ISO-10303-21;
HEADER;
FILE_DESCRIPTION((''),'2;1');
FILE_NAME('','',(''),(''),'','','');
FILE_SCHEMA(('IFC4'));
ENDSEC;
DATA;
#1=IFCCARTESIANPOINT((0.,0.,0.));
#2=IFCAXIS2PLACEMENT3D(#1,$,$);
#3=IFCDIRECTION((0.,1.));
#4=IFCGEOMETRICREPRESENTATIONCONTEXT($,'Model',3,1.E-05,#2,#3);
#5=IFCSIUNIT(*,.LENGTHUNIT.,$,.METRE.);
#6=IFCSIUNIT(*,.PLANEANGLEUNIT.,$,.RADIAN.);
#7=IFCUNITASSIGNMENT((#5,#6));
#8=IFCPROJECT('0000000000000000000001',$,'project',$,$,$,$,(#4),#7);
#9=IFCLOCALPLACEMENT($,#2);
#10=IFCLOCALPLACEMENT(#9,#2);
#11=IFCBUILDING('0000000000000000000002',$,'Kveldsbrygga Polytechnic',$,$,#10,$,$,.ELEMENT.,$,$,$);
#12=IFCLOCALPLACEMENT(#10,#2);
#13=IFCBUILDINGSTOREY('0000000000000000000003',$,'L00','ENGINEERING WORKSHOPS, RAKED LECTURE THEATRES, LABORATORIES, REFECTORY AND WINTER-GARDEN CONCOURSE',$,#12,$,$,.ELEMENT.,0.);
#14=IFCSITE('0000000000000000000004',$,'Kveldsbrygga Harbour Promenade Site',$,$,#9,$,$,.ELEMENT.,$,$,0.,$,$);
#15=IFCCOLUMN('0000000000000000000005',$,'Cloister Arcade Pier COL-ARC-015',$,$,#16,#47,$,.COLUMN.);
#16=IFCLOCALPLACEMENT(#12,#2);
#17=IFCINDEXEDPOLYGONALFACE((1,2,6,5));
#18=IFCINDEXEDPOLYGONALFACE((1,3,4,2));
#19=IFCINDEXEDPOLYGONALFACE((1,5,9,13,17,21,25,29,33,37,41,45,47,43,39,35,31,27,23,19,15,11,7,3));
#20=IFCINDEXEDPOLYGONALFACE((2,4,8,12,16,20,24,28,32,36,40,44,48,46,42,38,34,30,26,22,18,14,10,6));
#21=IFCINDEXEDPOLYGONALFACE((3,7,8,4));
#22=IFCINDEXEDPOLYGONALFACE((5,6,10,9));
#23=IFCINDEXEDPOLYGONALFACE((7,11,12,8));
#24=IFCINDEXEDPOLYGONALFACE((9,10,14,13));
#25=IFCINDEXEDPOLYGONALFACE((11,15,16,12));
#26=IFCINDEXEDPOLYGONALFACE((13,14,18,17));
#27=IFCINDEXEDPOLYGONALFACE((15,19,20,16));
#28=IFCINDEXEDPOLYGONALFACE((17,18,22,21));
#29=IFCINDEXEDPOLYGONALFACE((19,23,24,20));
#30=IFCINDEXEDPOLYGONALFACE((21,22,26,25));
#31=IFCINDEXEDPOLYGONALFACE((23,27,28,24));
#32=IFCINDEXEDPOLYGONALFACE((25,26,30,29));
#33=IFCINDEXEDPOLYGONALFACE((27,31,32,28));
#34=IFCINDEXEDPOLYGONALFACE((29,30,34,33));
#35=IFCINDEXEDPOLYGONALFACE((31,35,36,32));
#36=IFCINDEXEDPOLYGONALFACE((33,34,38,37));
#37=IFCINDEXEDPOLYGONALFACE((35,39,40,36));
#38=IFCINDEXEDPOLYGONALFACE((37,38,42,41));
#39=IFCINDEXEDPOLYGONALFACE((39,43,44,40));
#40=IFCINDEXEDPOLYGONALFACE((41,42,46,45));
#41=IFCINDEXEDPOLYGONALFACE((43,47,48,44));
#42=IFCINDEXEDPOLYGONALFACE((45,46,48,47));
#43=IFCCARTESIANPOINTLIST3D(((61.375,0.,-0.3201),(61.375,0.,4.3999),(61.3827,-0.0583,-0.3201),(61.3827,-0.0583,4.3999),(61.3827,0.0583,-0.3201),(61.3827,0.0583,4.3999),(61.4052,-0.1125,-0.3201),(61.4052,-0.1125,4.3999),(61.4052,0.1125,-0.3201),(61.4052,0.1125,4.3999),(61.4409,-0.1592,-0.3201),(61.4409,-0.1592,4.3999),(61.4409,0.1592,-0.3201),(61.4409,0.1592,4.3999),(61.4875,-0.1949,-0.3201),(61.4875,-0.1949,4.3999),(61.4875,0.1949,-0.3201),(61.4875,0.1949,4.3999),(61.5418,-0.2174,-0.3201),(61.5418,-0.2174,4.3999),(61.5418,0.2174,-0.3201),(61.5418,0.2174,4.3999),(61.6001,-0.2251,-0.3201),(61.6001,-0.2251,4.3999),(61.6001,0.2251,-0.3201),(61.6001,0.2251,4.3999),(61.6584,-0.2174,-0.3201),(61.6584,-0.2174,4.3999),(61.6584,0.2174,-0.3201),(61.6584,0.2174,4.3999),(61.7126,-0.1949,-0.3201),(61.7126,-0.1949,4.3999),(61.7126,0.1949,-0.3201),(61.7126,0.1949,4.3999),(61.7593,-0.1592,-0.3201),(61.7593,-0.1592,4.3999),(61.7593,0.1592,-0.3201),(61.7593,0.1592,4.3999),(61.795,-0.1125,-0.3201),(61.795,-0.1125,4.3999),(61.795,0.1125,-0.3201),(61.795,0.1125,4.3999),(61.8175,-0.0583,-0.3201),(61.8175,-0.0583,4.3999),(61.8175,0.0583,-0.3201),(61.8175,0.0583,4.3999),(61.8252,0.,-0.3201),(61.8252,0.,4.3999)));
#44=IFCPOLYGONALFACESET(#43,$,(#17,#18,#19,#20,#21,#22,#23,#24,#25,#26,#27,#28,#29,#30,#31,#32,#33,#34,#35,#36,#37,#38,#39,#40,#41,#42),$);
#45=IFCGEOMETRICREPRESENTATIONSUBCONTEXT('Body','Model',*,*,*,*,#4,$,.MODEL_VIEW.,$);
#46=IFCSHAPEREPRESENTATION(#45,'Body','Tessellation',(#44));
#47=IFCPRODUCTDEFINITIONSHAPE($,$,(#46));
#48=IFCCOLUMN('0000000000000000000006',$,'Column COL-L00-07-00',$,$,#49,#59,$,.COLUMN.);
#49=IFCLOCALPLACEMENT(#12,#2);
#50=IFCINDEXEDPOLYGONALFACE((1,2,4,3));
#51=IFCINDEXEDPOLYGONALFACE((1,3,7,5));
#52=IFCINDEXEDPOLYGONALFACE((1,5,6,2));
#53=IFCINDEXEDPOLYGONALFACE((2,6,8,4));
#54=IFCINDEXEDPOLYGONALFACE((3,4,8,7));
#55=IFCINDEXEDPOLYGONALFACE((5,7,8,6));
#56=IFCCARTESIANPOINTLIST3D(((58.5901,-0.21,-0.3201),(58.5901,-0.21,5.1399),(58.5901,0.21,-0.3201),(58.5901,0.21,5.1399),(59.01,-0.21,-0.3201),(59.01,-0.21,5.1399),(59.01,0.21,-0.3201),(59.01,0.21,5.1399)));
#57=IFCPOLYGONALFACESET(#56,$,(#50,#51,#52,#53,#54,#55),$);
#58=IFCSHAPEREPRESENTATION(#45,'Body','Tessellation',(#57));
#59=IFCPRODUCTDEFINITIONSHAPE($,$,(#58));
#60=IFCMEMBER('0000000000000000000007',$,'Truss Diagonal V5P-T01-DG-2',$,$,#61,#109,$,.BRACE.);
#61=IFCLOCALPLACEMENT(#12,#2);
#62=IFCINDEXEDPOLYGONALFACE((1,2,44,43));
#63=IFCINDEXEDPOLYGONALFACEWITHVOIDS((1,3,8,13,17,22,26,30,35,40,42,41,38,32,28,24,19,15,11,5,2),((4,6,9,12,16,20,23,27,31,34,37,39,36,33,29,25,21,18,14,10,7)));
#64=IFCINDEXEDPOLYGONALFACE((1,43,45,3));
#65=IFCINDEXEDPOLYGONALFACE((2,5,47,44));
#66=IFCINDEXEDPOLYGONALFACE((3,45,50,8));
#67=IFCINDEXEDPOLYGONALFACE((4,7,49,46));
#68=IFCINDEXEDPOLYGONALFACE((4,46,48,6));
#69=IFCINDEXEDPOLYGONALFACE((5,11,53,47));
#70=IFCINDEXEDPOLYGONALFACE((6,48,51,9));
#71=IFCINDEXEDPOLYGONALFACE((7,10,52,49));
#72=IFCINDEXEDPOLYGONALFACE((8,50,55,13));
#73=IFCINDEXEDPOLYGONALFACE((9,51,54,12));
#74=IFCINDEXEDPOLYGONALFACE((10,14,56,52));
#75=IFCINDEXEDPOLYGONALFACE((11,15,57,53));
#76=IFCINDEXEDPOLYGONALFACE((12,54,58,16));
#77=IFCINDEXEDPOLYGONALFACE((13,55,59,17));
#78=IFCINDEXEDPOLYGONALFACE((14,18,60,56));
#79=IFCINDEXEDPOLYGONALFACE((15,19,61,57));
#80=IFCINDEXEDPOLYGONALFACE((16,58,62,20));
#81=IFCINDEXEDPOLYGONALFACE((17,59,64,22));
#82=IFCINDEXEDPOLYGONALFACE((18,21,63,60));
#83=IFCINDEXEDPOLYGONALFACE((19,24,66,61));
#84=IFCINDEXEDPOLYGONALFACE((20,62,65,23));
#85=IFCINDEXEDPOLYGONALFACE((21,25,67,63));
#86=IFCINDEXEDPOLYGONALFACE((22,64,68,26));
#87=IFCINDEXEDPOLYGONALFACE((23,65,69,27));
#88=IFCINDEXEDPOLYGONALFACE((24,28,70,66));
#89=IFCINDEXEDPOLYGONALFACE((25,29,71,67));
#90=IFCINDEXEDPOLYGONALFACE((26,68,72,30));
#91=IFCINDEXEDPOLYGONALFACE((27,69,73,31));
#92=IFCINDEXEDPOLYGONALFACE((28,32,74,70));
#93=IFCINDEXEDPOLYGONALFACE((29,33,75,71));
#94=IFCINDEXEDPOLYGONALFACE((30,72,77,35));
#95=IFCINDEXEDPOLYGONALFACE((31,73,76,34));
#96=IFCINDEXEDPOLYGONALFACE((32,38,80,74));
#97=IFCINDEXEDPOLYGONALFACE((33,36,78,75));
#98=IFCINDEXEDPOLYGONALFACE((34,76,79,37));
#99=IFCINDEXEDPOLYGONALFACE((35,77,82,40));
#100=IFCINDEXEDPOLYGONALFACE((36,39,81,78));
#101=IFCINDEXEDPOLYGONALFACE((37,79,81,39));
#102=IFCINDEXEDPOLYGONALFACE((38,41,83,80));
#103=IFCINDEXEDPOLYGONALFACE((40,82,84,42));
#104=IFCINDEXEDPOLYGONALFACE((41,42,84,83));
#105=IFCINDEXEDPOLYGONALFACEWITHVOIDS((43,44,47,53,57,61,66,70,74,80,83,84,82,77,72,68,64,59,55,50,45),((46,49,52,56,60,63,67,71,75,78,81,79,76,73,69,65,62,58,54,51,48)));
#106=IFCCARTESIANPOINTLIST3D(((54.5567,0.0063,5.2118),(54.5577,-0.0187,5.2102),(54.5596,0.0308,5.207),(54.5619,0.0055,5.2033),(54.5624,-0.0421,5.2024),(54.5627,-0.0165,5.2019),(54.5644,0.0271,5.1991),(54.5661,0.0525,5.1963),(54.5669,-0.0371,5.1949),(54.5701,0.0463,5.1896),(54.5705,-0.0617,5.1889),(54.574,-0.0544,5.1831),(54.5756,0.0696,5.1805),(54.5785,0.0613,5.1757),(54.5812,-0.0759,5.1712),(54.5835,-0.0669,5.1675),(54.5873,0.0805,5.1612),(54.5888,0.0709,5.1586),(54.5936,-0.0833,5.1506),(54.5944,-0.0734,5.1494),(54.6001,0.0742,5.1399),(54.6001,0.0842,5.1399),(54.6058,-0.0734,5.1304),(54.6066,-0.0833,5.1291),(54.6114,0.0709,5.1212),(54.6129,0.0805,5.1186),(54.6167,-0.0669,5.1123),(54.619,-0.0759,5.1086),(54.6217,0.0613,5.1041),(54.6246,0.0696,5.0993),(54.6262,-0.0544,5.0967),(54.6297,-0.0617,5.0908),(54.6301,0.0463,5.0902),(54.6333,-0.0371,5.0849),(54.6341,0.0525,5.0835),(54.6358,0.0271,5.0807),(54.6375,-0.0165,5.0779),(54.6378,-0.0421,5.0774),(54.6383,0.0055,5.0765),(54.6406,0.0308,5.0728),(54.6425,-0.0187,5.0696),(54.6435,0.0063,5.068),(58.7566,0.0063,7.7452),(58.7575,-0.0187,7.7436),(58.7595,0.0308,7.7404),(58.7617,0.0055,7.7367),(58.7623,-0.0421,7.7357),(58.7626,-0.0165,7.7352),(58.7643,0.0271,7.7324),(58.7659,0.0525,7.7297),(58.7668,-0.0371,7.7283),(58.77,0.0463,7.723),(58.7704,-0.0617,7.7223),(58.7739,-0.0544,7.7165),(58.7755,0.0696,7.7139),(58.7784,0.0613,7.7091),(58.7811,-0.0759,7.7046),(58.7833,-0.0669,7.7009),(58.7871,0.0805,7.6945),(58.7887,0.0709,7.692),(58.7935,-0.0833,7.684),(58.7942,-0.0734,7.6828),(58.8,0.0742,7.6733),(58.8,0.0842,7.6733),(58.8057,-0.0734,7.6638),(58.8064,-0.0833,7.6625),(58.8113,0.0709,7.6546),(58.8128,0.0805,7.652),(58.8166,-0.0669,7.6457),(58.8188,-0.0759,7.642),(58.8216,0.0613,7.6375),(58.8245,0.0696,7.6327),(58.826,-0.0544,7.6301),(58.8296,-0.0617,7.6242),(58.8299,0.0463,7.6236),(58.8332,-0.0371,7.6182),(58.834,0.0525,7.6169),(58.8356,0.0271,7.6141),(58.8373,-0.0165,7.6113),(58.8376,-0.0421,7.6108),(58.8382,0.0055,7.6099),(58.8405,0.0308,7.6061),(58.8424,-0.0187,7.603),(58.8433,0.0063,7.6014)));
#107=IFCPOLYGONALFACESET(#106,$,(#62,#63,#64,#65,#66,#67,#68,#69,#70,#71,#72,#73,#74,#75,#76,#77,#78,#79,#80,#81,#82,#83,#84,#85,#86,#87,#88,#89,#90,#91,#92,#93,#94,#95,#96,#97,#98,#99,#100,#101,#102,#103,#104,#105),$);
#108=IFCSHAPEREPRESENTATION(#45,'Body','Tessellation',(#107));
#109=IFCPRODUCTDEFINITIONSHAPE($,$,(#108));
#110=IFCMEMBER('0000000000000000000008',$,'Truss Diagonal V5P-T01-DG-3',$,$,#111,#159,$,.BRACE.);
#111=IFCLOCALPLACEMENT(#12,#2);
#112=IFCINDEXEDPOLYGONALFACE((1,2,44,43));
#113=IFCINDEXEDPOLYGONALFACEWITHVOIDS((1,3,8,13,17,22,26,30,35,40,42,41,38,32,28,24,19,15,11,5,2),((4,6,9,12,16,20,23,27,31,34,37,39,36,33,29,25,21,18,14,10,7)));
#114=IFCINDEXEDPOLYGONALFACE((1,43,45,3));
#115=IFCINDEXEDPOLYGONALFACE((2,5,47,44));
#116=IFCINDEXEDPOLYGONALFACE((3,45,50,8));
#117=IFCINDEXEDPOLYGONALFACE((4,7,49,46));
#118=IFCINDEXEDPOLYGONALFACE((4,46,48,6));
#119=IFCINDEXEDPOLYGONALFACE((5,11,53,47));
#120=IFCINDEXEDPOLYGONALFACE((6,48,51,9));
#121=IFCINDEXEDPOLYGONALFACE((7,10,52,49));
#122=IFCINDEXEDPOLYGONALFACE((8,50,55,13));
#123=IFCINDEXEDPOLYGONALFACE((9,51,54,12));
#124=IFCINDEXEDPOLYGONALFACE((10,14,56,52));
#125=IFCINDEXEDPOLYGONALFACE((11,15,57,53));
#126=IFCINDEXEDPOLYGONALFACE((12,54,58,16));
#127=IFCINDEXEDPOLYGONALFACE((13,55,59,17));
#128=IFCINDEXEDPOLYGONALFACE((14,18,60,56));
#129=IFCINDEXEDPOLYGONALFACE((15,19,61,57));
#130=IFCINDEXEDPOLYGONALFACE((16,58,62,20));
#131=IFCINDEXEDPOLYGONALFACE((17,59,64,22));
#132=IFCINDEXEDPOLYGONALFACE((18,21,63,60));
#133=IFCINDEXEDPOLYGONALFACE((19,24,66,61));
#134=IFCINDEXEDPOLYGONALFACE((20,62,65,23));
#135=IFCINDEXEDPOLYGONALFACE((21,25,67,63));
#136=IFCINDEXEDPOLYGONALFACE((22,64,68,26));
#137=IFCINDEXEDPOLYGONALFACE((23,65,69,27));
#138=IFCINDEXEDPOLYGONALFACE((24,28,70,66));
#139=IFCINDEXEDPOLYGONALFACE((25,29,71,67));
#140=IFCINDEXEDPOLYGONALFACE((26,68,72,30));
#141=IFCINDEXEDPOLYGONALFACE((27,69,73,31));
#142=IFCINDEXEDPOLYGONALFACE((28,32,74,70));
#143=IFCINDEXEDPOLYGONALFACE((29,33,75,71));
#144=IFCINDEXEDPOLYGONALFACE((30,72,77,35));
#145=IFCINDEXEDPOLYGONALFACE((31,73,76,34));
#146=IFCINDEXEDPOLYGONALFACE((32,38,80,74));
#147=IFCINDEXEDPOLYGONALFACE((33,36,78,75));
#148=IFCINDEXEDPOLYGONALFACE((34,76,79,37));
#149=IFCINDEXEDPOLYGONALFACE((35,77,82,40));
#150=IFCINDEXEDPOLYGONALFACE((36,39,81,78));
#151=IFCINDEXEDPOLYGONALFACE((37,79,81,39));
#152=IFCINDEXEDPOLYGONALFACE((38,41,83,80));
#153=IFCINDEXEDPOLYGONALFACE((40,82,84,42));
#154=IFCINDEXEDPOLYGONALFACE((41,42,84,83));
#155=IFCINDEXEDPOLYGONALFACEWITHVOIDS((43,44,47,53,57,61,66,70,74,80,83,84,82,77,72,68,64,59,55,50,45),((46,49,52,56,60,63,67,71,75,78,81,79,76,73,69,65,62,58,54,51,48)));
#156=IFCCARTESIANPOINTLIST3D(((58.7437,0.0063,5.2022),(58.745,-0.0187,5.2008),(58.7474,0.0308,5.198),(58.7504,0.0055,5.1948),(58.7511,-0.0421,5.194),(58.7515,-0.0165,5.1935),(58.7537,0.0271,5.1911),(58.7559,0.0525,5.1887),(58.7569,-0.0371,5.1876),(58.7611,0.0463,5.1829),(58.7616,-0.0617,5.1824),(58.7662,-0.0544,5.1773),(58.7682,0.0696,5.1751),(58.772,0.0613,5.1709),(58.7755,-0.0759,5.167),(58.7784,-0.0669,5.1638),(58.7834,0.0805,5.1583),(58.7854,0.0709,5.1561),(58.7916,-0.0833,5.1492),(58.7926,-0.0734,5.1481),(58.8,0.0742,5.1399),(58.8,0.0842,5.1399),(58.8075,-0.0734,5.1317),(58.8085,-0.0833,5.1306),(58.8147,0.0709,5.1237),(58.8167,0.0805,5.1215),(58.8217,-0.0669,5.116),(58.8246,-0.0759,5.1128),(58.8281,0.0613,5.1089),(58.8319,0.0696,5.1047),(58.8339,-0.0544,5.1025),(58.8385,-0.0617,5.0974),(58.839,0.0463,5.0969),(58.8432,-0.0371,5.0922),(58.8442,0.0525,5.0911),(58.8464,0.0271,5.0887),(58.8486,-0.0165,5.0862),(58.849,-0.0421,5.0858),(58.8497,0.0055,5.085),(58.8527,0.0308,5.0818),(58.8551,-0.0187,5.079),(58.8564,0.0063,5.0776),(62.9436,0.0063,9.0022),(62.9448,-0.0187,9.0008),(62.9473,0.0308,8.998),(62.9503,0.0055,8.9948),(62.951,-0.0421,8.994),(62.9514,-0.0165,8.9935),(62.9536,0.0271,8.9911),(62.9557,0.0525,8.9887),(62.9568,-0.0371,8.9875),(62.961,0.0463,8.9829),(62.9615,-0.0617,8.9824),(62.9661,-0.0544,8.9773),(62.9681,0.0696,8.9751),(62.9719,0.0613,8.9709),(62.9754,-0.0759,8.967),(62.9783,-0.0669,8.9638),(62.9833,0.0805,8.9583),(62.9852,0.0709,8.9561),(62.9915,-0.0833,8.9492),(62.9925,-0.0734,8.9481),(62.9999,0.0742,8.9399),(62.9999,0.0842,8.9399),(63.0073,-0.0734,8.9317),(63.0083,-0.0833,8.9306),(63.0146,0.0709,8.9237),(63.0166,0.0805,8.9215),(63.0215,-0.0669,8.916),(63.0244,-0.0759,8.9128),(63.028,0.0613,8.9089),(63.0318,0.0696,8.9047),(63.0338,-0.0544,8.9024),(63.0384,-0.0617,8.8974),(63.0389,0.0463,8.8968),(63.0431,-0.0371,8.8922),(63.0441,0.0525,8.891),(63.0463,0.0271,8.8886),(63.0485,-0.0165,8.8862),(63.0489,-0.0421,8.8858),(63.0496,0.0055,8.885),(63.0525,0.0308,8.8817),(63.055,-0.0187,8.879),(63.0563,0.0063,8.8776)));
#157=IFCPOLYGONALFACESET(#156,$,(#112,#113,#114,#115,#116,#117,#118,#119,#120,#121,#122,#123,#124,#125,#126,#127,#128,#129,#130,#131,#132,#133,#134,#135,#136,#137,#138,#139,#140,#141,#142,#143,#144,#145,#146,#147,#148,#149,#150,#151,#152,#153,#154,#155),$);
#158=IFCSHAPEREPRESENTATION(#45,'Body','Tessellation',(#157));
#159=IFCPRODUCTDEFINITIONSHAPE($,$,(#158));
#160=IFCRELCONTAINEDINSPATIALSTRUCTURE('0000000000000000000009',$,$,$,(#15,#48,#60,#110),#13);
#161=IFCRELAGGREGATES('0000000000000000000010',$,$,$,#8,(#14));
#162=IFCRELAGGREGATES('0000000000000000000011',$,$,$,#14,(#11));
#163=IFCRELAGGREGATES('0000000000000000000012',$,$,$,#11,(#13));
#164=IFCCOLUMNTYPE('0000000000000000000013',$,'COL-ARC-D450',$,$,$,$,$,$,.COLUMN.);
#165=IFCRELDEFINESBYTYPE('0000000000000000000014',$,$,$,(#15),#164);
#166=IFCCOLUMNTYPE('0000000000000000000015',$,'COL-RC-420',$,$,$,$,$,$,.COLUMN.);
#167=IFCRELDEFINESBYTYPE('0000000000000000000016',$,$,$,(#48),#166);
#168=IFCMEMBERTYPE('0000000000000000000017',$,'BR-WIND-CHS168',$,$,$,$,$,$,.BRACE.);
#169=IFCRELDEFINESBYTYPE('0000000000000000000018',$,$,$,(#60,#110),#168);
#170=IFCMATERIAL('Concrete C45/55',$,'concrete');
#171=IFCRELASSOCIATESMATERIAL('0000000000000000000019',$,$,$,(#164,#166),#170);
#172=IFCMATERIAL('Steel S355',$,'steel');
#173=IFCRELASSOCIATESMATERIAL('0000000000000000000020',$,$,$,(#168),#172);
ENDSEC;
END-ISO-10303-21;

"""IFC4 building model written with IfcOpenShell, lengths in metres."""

from ifc_helpers import new_model, si_unit, direction, frame, origin, origin_2d, place, context, subcontext, project, spatial, rectangle, circle, hollow_circle, extrude, material, material_profile, profile_set, type_object, element, save


model = new_model("IFC4")

# Units and contexts
model_context = context("Model", 3, precision=1e-05, world=origin(), true_north=direction((0.0, 1.0)))
body_context = subcontext(model_context, "Body", "Model", "MODEL_VIEW")
ifc_project = project(units=[si_unit("LENGTHUNIT", "METRE"), si_unit("PLANEANGLEUNIT", "RADIAN")], contexts=[model_context])

# Site, building, storey
site_placement = place(None, origin())
site = spatial("IfcSite", under=ifc_project, at=site_placement, Name="Kveldsbrygga Harbour Promenade Site", CompositionType="ELEMENT", RefElevation=0.0)
building_placement = place(site_placement, origin())
building = spatial("IfcBuilding", under=site, at=building_placement, Name="Kveldsbrygga Polytechnic", CompositionType="ELEMENT")
storey_placement = place(building_placement, origin())
storey = spatial("IfcBuildingStorey", under=building, at=storey_placement, Name="L00", Description="ENGINEERING WORKSHOPS, RAKED LECTURE THEATRES, LABORATORIES, REFECTORY AND WINTER-GARDEN CONCOURSE", CompositionType="ELEMENT", Elevation=0.0)

# Shared definitions
ifc_material_1 = material(Name="Concrete C45/55", Category="concrete")

# Columns
ifc_material_profile_1 = material_profile(ifc_material_1, circle(Radius=0.2251, at=origin_2d()), Name="RC D450")
ifc_profile_set_1 = profile_set([ifc_material_profile_1], Name="Concrete C45/55")
column_type_1 = type_object("IfcColumnType", Name="COL-ARC-D450", PredefinedType="COLUMN", material=ifc_profile_set_1)
for number, where, z_axis, x_axis, name in (
    (1, (61.6001, 0.0, -0.3201), (0.0, 0.0, 1.0), (1.0, 0.0, 0.0), "Cloister Arcade Pier COL-ARC-015"),
):
    element("IfcColumn", number, at=place(storey_placement, frame(where, z_axis=z_axis, x_axis=x_axis)), inside=storey, type_object=column_type_1, Name=name, PredefinedType="COLUMN", context=body_context, shape_type="SweptSolid", body=[
        extrude(circle(Radius=0.2251, at=origin_2d()), origin(), (0.0, 0.0, 1.0), 4.72),
    ])
ifc_material_profile_2 = material_profile(ifc_material_1, rectangle(XDim=0.4199, YDim=0.4199, at=origin_2d()), Name="RC 420x420")
ifc_profile_set_2 = profile_set([ifc_material_profile_2], Name="Concrete C45/55")
column_type_2 = type_object("IfcColumnType", Name="COL-RC-420", PredefinedType="COLUMN", material=ifc_profile_set_2)
column_placement = place(storey_placement, frame((58.8, 0.0, -0.3201), z_axis=(0.0, 0.0, 1.0), x_axis=(1.0, 0.0, 0.0)))
element("IfcColumn", 2, at=column_placement, inside=storey, type_object=column_type_2, Name="Column COL-L00-07-00", PredefinedType="COLUMN", context=body_context, shape_type="SweptSolid", body=[
    extrude(rectangle(XDim=0.4199, YDim=0.4199, at=origin_2d()), origin(), (0.0, 0.0, 1.0), 5.46),
])

# Members
ifc_material_2 = material(Name="Steel S355", Category="steel")
ifc_material_profile_3 = material_profile(ifc_material_2, hollow_circle(Radius=0.0842, WallThickness=0.01, at=origin_2d()), Name="CHS 168.3x10.0")
ifc_profile_set_3 = profile_set([ifc_material_profile_3], Name="Steel S355")
member_type_1 = type_object("IfcMemberType", Name="BR-WIND-CHS168", PredefinedType="BRACE", material=ifc_profile_set_3)
member_1_placement = place(storey_placement, frame((54.6001, 0.0, 5.1399), z_axis=(0.856278, 0.0, 0.516515), x_axis=(0.0, 1.0, 0.0)))
element("IfcMember", 3, at=member_1_placement, inside=storey, type_object=member_type_1, Name="Truss Diagonal V5P-T01-DG-2", PredefinedType="BRACE", context=body_context, shape_type="SweptSolid", body=[
    extrude(hollow_circle(Radius=0.0842, WallThickness=0.01, at=origin_2d()), origin(), (0.0, 0.0, 1.0), 4.9048),
])
for number, where, z_axis, x_axis, name in (
    (4, (58.8, 0.0, 5.1399), (0.741528, 0.0, 0.670922), (0.0, 1.0, 0.0), "Truss Diagonal V5P-T01-DG-3"),
):
    element("IfcMember", number, at=place(storey_placement, frame(where, z_axis=z_axis, x_axis=x_axis)), inside=storey, type_object=member_type_1, Name=name, PredefinedType="BRACE", context=body_context, shape_type="SweptSolid", body=[
        extrude(hollow_circle(Radius=0.0842, WallThickness=0.01, at=origin_2d()), origin(), (0.0, 0.0, 1.0), 5.6638),
    ])

save(model, "model.ifc")
